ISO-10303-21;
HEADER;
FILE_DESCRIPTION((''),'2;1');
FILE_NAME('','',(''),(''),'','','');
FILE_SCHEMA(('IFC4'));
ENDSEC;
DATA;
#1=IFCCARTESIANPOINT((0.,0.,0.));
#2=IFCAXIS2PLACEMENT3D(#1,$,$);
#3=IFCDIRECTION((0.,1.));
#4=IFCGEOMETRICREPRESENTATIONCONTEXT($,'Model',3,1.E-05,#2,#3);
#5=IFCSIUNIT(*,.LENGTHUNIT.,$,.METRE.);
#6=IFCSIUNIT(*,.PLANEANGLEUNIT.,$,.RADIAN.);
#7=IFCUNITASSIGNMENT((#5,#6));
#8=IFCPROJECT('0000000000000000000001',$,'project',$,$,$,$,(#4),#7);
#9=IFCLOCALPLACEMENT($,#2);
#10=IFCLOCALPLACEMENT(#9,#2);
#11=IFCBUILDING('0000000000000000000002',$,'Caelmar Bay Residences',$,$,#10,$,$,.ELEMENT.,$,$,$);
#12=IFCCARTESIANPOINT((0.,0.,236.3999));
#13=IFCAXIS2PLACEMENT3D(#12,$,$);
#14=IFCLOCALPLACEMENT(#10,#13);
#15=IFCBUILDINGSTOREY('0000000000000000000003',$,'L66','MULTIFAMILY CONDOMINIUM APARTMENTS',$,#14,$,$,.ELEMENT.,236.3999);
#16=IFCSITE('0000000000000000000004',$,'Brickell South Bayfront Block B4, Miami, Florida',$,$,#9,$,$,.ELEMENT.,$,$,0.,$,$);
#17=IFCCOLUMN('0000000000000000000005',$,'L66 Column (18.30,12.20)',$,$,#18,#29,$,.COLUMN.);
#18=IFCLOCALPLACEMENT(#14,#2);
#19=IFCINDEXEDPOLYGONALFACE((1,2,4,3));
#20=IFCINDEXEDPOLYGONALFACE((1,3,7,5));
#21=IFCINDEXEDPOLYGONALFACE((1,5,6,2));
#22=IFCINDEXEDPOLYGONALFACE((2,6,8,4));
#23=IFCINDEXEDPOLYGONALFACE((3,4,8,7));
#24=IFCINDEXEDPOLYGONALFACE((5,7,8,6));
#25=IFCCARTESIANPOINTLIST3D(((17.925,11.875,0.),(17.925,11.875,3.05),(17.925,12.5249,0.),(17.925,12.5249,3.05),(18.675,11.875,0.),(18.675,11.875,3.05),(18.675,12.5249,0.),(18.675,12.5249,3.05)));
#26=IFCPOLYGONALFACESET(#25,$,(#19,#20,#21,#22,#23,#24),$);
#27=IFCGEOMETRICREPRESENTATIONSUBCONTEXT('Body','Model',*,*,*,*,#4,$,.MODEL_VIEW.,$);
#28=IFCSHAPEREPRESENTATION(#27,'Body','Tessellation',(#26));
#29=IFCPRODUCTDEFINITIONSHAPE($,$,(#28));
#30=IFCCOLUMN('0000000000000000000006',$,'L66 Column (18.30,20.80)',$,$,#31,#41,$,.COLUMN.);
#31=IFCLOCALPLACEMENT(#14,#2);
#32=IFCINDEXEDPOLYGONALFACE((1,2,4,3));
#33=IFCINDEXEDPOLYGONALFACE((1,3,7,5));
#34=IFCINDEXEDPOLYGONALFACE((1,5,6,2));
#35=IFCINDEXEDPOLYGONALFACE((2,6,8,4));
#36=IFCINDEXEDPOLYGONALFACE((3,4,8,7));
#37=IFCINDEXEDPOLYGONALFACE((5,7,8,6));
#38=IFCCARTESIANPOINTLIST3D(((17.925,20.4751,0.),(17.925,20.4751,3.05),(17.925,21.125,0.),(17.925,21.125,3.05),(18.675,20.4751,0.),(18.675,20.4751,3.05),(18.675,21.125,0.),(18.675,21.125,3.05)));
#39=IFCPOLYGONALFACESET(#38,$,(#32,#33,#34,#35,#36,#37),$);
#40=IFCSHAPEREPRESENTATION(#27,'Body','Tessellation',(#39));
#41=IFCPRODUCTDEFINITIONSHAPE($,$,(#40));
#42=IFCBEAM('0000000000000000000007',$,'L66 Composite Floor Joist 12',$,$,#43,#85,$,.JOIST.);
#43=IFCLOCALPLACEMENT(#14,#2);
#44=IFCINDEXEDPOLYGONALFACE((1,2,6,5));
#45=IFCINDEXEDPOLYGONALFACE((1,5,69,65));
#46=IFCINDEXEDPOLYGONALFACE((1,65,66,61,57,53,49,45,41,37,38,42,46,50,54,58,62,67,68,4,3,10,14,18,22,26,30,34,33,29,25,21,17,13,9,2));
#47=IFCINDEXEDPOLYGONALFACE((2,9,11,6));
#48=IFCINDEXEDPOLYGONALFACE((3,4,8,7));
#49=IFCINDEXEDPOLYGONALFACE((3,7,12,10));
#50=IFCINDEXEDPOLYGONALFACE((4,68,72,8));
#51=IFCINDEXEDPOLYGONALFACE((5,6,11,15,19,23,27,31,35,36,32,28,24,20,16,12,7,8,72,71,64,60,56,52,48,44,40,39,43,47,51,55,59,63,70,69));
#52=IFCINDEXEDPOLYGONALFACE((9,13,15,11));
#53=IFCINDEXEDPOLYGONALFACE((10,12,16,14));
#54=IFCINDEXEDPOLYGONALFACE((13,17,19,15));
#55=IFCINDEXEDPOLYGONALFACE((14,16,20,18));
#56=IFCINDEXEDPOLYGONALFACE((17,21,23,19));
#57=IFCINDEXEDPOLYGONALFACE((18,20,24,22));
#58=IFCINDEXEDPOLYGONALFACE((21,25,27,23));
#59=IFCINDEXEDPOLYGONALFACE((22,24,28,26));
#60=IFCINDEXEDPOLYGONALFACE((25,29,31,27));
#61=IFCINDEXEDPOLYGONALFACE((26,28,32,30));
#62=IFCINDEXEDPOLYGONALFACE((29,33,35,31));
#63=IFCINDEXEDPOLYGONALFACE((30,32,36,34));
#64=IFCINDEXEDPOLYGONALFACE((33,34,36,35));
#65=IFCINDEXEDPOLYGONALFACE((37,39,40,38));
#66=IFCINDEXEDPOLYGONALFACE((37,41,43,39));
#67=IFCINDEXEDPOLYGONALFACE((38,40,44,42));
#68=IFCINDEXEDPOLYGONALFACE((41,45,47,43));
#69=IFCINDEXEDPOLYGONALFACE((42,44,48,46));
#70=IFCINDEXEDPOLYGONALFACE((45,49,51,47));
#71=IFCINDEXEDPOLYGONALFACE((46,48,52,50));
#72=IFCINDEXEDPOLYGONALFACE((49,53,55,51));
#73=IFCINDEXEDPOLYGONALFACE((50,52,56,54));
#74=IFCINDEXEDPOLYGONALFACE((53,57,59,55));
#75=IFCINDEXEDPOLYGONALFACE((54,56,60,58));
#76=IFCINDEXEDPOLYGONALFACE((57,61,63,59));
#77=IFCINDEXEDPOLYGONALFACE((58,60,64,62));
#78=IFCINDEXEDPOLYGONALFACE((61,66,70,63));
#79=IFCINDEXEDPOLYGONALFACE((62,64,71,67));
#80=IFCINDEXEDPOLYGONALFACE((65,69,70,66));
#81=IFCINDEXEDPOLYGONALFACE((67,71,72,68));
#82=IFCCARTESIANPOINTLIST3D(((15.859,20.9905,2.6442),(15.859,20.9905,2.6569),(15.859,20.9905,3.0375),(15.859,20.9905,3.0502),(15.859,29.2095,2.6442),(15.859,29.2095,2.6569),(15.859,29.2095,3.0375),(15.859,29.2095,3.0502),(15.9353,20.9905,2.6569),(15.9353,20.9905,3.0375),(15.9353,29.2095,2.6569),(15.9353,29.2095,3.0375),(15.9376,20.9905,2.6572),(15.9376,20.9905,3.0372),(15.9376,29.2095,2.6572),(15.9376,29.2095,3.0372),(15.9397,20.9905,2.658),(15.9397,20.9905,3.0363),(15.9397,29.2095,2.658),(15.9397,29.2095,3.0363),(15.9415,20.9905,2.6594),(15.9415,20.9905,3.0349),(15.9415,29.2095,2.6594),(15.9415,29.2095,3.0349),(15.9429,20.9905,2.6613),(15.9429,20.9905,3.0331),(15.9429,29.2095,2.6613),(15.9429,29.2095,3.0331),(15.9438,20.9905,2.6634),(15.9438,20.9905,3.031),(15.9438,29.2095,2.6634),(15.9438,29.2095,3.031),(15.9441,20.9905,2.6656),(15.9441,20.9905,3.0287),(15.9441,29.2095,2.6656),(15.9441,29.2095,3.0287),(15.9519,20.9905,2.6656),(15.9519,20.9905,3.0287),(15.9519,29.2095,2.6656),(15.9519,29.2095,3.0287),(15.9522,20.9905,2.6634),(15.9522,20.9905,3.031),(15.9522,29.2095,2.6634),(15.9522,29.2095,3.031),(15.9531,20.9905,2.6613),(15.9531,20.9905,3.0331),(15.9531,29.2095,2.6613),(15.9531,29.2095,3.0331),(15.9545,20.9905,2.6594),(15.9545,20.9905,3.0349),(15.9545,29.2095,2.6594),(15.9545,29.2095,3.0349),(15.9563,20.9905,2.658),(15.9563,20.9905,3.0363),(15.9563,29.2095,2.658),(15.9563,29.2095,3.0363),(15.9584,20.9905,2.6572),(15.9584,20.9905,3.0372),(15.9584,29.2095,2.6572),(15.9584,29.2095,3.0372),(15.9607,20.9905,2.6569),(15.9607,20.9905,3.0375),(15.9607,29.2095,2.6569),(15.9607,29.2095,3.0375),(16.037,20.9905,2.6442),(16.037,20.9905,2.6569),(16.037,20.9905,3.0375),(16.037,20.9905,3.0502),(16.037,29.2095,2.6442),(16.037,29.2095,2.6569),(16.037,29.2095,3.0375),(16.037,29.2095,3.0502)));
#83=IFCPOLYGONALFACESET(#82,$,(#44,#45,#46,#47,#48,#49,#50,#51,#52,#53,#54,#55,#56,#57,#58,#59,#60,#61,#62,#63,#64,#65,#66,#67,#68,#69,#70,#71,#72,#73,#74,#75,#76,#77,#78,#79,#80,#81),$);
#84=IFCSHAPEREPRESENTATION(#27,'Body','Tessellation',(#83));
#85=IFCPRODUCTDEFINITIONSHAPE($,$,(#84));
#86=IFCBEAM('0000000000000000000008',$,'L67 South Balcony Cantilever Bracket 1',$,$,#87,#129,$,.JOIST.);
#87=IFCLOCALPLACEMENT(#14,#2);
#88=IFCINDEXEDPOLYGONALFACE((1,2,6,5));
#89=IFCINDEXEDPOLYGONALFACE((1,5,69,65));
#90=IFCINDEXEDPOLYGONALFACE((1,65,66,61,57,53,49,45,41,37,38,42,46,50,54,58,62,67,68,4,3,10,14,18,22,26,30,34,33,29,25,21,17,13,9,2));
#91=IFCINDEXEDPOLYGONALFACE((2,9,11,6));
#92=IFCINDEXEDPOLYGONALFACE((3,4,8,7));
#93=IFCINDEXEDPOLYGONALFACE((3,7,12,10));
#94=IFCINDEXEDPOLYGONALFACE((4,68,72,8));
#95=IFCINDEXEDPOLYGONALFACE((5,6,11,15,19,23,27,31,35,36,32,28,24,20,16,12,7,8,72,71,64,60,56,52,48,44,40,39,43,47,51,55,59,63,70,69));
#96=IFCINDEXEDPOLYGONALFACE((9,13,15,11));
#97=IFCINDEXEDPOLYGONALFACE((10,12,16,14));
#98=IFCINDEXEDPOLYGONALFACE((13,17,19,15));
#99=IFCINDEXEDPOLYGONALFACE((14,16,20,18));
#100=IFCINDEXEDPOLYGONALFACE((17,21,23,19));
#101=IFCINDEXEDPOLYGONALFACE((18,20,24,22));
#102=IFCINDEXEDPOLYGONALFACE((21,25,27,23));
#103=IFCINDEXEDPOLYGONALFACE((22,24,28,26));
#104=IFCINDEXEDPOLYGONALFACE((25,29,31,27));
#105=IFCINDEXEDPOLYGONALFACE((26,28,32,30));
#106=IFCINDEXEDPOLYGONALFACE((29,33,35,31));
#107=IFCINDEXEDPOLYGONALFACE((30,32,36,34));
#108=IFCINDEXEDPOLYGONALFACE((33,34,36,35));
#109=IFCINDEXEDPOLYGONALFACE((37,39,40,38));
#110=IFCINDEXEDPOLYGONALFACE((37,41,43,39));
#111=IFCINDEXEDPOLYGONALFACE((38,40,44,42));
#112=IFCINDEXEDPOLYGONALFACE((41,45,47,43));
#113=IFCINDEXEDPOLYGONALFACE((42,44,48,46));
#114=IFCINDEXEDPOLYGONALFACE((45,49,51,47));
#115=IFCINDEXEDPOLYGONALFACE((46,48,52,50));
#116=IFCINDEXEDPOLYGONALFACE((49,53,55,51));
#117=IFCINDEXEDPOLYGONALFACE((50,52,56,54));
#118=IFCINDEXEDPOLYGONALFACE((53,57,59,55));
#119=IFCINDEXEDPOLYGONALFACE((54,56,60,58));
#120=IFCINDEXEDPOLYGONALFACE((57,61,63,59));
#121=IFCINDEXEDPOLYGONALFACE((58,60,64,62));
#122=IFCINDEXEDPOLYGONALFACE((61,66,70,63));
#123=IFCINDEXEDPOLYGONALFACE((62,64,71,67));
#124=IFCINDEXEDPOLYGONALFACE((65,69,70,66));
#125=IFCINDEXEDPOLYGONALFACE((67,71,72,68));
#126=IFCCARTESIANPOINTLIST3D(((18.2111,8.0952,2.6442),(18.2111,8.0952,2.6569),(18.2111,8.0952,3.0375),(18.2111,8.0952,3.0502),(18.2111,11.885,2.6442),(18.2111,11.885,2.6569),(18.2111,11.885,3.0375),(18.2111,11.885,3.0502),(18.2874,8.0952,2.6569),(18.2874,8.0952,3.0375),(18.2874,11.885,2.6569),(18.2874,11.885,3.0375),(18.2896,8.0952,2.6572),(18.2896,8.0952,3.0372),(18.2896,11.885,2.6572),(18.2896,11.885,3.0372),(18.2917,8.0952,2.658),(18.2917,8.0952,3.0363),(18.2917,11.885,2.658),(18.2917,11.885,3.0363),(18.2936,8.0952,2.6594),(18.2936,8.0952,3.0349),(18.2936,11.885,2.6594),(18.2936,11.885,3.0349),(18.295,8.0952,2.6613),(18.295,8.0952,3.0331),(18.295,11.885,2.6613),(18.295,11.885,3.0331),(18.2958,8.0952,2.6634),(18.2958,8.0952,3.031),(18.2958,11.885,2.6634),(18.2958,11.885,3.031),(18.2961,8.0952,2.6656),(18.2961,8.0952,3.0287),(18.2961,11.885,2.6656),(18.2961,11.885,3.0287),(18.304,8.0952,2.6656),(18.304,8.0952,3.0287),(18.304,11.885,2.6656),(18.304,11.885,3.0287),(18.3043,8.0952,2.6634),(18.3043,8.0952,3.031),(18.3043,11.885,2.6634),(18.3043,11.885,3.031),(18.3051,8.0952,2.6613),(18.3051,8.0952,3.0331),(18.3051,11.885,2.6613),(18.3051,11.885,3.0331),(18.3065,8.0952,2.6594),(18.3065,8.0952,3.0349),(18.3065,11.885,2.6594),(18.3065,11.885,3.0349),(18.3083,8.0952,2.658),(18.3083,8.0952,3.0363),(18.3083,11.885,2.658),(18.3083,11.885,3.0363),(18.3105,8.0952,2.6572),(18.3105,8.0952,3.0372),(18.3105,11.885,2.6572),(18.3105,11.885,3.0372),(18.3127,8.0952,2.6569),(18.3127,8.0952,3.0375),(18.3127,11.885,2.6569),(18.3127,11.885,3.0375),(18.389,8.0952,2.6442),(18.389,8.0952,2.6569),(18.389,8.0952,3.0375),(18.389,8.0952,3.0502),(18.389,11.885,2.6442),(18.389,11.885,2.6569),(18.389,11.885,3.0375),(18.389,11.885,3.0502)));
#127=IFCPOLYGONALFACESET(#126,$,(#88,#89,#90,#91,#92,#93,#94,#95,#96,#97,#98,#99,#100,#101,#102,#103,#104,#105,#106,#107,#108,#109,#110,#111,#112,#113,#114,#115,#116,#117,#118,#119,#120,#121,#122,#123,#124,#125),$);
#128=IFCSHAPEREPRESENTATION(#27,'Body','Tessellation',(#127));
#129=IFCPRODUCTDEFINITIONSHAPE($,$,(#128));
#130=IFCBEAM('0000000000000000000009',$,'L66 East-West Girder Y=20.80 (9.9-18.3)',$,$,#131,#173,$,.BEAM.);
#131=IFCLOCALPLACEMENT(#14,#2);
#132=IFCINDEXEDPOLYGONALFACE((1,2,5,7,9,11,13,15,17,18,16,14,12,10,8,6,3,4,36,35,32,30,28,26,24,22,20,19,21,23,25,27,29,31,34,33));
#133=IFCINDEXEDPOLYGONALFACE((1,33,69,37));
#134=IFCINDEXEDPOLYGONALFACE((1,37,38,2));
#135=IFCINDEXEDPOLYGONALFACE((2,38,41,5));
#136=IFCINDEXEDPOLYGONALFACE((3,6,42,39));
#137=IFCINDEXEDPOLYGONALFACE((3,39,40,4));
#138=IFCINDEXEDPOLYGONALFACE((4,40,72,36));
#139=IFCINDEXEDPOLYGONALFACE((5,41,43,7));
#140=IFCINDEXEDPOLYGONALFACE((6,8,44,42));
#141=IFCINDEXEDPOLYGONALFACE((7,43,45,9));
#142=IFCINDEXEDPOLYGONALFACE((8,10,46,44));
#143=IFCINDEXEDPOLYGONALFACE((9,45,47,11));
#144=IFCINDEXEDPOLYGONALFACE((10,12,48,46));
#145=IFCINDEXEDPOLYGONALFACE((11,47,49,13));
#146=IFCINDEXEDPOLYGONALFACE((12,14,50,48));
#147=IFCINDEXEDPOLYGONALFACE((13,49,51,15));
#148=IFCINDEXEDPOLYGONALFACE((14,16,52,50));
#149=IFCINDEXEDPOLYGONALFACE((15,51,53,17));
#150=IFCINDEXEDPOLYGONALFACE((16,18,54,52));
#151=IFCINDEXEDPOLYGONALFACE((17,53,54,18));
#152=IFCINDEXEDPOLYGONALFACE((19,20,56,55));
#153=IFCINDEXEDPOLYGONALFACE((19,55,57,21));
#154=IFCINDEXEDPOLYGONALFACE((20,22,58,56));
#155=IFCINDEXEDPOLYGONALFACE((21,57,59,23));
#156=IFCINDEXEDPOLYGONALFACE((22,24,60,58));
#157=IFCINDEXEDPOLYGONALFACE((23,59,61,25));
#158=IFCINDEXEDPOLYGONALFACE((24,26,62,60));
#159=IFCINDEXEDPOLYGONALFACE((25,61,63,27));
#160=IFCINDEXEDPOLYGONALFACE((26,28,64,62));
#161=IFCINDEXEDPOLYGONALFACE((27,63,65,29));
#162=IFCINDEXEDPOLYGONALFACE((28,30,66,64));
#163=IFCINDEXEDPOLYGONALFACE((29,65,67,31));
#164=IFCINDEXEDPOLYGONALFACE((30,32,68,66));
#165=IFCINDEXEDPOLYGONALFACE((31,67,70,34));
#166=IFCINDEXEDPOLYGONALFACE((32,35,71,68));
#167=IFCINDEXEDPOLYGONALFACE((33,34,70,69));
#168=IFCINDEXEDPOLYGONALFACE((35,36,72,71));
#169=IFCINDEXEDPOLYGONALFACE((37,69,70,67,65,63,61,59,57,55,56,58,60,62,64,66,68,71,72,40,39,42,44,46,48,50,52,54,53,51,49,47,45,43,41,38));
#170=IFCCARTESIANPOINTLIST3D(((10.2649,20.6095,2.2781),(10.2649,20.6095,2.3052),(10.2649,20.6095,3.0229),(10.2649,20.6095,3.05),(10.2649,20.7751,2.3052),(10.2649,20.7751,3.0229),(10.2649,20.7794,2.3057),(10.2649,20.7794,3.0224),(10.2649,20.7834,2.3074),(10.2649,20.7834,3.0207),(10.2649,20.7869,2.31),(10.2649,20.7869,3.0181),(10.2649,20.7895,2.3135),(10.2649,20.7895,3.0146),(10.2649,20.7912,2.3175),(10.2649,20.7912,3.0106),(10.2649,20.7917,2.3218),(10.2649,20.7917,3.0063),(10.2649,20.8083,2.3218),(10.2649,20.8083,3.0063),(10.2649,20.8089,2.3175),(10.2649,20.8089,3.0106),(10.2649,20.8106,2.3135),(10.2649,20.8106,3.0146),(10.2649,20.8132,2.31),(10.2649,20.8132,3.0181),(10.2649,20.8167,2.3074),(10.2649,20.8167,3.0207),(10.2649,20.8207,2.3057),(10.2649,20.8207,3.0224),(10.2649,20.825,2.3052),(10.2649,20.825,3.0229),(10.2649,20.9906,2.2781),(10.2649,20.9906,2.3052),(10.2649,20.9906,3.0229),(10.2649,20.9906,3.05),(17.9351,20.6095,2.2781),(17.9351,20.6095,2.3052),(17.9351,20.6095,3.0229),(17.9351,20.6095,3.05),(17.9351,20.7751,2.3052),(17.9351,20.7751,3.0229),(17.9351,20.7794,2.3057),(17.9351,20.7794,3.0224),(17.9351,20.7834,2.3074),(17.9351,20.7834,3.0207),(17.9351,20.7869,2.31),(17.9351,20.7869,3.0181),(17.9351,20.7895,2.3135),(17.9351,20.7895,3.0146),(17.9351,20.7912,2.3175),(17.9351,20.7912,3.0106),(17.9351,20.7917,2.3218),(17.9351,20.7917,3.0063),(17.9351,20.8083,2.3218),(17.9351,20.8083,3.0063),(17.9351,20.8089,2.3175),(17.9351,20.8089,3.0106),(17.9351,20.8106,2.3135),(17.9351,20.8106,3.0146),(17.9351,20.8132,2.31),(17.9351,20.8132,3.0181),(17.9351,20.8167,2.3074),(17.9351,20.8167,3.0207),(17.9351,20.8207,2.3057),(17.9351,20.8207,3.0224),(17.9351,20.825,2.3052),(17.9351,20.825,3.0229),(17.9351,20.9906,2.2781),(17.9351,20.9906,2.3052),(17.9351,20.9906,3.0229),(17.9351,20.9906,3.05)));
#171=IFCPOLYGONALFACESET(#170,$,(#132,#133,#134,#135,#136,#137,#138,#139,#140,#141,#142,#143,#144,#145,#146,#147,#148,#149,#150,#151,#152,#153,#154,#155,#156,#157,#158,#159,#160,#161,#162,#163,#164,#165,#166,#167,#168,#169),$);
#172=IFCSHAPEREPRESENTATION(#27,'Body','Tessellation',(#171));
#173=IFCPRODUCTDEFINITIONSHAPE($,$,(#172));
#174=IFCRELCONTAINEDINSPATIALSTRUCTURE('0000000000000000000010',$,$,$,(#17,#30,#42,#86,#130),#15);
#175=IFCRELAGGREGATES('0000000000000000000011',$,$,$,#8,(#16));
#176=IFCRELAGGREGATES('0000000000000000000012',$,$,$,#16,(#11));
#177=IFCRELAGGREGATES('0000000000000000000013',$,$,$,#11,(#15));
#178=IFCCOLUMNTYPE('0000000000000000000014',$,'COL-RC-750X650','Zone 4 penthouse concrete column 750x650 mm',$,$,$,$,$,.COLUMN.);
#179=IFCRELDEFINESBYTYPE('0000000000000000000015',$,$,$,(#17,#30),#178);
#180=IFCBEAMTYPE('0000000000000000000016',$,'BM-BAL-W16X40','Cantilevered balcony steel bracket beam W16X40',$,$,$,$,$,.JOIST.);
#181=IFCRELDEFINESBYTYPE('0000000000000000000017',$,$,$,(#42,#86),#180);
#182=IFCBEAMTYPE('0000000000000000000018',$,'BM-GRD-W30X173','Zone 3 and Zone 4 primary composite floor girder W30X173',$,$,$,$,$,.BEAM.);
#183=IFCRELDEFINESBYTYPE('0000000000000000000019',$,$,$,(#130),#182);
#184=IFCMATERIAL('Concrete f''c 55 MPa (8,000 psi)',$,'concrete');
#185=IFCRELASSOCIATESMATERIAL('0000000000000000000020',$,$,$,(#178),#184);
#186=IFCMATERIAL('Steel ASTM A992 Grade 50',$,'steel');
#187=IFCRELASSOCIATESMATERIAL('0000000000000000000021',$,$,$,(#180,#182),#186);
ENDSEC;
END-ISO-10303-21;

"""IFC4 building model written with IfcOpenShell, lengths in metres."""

from ifc_helpers import new_model, si_unit, direction, frame, origin, origin_2d, place, context, subcontext, project, spatial, rectangle, i_section, extrude, material, material_profile, profile_set, type_object, element, save


model = new_model("IFC4")

# Units and contexts
model_context = context("Model", 3, precision=1e-05, world=origin(), true_north=direction((0.0, 1.0)))
body_context = subcontext(model_context, "Body", "Model", "MODEL_VIEW")
ifc_project = project(units=[si_unit("LENGTHUNIT", "METRE"), si_unit("PLANEANGLEUNIT", "RADIAN")], contexts=[model_context])

# Site, building, storey
site_placement = place(None, origin())
site = spatial("IfcSite", under=ifc_project, at=site_placement, Name="Brickell South Bayfront Block B4, Miami, Florida", CompositionType="ELEMENT", RefElevation=0.0)
building_placement = place(site_placement, origin())
building = spatial("IfcBuilding", under=site, at=building_placement, Name="Caelmar Bay Residences", CompositionType="ELEMENT")
storey_placement = place(building_placement, frame((0.0, 0.0, 236.3999)))
storey = spatial("IfcBuildingStorey", under=building, at=storey_placement, Name="L66", Description="MULTIFAMILY CONDOMINIUM APARTMENTS", CompositionType="ELEMENT", Elevation=236.3999)

# Columns
ifc_material_1 = material(Name="Concrete f'c 55 MPa (8,000 psi)", Category="concrete")
ifc_material_profile_1 = material_profile(ifc_material_1, rectangle(XDim=0.75, YDim=0.6499, at=origin_2d()), Name="RC-COL-750X650")
ifc_profile_set_1 = profile_set([ifc_material_profile_1], Name="Concrete f'c 55 MPa (8,000 psi)")
column_type = type_object("IfcColumnType", Name="COL-RC-750X650", Description="Zone 4 penthouse concrete column 750x650 mm", PredefinedType="COLUMN", material=ifc_profile_set_1)
for number, where, z_axis, x_axis, name in (
    (1, (18.3, 12.2, 0.0), (0.0, 0.0, 1.0), (1.0, 0.0, 0.0), "L66 Column (18.30,12.20)"),
    (2, (18.3, 20.8, 0.0), (0.0, 0.0, 1.0), (1.0, 0.0, 0.0), "L66 Column (18.30,20.80)"),
):
    element("IfcColumn", number, at=place(storey_placement, frame(where, z_axis=z_axis, x_axis=x_axis)), inside=storey, type_object=column_type, Name=name, PredefinedType="COLUMN", context=body_context, shape_type="SweptSolid", body=[
        extrude(rectangle(XDim=0.75, YDim=0.6499, at=origin_2d()), origin(), (0.0, 0.0, 1.0), 3.05),
    ])

# Beams
ifc_material_2 = material(Name="Steel ASTM A992 Grade 50", Category="steel")
ifc_material_profile_2 = material_profile(ifc_material_2, i_section(OverallWidth=0.178, OverallDepth=0.406, WebThickness=0.0078, FlangeThickness=0.0127, FilletRadius=0.0088, at=origin_2d()), Name="W16X40")
ifc_profile_set_2 = profile_set([ifc_material_profile_2], Name="Steel ASTM A992 Grade 50")
beam_type_1 = type_object("IfcBeamType", Name="BM-BAL-W16X40", Description="Cantilevered balcony steel bracket beam W16X40", PredefinedType="JOIST", material=ifc_profile_set_2)
beam_1_placement = place(storey_placement, frame((15.948, 20.9905, 2.8472), z_axis=(0.0, 1.0, 0.0), x_axis=(-1.0, 0.0, 0.0)))
element("IfcBeam", 3, at=beam_1_placement, inside=storey, type_object=beam_type_1, Name="L66 Composite Floor Joist 12", PredefinedType="JOIST", context=body_context, shape_type="SweptSolid", body=[
    extrude(i_section(OverallWidth=0.178, OverallDepth=0.406, WebThickness=0.0078, FlangeThickness=0.0127, FilletRadius=0.0088, at=origin_2d()), origin(), (0.0, 0.0, 1.0), 8.219),
])
beam_2_placement = place(storey_placement, frame((18.3, 11.885, 2.8472), z_axis=(0.0, -1.0, 0.0), x_axis=(1.0, 0.0, 0.0)))
element("IfcBeam", 4, at=beam_2_placement, inside=storey, type_object=beam_type_1, Name="L67 South Balcony Cantilever Bracket 1", PredefinedType="JOIST", context=body_context, shape_type="SweptSolid", body=[
    extrude(i_section(OverallWidth=0.178, OverallDepth=0.406, WebThickness=0.0078, FlangeThickness=0.0127, FilletRadius=0.0088, at=origin_2d()), origin(), (0.0, 0.0, 1.0), 3.7898),
])
ifc_material_profile_3 = material_profile(ifc_material_2, i_section(OverallWidth=0.3811, OverallDepth=0.772, WebThickness=0.0166, FlangeThickness=0.0271, FilletRadius=0.0166, at=origin_2d()), Name="W30X173")
ifc_profile_set_3 = profile_set([ifc_material_profile_3], Name="Steel ASTM A992 Grade 50")
beam_type_2 = type_object("IfcBeamType", Name="BM-GRD-W30X173", Description="Zone 3 and Zone 4 primary composite floor girder W30X173", PredefinedType="BEAM", material=ifc_profile_set_3)
beam_3_placement = place(storey_placement, frame((10.2649, 20.8, 2.6641), z_axis=(1.0, 0.0, 0.0), x_axis=(0.0, 1.0, 0.0)))
element("IfcBeam", 5, at=beam_3_placement, inside=storey, type_object=beam_type_2, Name="L66 East-West Girder Y=20.80 (9.9-18.3)", PredefinedType="BEAM", context=body_context, shape_type="SweptSolid", body=[
    extrude(i_section(OverallWidth=0.3811, OverallDepth=0.772, WebThickness=0.0166, FlangeThickness=0.0271, FilletRadius=0.0166, at=origin_2d()), origin(), (0.0, 0.0, 1.0), 7.6702),
])

save(model, "model.ifc")
